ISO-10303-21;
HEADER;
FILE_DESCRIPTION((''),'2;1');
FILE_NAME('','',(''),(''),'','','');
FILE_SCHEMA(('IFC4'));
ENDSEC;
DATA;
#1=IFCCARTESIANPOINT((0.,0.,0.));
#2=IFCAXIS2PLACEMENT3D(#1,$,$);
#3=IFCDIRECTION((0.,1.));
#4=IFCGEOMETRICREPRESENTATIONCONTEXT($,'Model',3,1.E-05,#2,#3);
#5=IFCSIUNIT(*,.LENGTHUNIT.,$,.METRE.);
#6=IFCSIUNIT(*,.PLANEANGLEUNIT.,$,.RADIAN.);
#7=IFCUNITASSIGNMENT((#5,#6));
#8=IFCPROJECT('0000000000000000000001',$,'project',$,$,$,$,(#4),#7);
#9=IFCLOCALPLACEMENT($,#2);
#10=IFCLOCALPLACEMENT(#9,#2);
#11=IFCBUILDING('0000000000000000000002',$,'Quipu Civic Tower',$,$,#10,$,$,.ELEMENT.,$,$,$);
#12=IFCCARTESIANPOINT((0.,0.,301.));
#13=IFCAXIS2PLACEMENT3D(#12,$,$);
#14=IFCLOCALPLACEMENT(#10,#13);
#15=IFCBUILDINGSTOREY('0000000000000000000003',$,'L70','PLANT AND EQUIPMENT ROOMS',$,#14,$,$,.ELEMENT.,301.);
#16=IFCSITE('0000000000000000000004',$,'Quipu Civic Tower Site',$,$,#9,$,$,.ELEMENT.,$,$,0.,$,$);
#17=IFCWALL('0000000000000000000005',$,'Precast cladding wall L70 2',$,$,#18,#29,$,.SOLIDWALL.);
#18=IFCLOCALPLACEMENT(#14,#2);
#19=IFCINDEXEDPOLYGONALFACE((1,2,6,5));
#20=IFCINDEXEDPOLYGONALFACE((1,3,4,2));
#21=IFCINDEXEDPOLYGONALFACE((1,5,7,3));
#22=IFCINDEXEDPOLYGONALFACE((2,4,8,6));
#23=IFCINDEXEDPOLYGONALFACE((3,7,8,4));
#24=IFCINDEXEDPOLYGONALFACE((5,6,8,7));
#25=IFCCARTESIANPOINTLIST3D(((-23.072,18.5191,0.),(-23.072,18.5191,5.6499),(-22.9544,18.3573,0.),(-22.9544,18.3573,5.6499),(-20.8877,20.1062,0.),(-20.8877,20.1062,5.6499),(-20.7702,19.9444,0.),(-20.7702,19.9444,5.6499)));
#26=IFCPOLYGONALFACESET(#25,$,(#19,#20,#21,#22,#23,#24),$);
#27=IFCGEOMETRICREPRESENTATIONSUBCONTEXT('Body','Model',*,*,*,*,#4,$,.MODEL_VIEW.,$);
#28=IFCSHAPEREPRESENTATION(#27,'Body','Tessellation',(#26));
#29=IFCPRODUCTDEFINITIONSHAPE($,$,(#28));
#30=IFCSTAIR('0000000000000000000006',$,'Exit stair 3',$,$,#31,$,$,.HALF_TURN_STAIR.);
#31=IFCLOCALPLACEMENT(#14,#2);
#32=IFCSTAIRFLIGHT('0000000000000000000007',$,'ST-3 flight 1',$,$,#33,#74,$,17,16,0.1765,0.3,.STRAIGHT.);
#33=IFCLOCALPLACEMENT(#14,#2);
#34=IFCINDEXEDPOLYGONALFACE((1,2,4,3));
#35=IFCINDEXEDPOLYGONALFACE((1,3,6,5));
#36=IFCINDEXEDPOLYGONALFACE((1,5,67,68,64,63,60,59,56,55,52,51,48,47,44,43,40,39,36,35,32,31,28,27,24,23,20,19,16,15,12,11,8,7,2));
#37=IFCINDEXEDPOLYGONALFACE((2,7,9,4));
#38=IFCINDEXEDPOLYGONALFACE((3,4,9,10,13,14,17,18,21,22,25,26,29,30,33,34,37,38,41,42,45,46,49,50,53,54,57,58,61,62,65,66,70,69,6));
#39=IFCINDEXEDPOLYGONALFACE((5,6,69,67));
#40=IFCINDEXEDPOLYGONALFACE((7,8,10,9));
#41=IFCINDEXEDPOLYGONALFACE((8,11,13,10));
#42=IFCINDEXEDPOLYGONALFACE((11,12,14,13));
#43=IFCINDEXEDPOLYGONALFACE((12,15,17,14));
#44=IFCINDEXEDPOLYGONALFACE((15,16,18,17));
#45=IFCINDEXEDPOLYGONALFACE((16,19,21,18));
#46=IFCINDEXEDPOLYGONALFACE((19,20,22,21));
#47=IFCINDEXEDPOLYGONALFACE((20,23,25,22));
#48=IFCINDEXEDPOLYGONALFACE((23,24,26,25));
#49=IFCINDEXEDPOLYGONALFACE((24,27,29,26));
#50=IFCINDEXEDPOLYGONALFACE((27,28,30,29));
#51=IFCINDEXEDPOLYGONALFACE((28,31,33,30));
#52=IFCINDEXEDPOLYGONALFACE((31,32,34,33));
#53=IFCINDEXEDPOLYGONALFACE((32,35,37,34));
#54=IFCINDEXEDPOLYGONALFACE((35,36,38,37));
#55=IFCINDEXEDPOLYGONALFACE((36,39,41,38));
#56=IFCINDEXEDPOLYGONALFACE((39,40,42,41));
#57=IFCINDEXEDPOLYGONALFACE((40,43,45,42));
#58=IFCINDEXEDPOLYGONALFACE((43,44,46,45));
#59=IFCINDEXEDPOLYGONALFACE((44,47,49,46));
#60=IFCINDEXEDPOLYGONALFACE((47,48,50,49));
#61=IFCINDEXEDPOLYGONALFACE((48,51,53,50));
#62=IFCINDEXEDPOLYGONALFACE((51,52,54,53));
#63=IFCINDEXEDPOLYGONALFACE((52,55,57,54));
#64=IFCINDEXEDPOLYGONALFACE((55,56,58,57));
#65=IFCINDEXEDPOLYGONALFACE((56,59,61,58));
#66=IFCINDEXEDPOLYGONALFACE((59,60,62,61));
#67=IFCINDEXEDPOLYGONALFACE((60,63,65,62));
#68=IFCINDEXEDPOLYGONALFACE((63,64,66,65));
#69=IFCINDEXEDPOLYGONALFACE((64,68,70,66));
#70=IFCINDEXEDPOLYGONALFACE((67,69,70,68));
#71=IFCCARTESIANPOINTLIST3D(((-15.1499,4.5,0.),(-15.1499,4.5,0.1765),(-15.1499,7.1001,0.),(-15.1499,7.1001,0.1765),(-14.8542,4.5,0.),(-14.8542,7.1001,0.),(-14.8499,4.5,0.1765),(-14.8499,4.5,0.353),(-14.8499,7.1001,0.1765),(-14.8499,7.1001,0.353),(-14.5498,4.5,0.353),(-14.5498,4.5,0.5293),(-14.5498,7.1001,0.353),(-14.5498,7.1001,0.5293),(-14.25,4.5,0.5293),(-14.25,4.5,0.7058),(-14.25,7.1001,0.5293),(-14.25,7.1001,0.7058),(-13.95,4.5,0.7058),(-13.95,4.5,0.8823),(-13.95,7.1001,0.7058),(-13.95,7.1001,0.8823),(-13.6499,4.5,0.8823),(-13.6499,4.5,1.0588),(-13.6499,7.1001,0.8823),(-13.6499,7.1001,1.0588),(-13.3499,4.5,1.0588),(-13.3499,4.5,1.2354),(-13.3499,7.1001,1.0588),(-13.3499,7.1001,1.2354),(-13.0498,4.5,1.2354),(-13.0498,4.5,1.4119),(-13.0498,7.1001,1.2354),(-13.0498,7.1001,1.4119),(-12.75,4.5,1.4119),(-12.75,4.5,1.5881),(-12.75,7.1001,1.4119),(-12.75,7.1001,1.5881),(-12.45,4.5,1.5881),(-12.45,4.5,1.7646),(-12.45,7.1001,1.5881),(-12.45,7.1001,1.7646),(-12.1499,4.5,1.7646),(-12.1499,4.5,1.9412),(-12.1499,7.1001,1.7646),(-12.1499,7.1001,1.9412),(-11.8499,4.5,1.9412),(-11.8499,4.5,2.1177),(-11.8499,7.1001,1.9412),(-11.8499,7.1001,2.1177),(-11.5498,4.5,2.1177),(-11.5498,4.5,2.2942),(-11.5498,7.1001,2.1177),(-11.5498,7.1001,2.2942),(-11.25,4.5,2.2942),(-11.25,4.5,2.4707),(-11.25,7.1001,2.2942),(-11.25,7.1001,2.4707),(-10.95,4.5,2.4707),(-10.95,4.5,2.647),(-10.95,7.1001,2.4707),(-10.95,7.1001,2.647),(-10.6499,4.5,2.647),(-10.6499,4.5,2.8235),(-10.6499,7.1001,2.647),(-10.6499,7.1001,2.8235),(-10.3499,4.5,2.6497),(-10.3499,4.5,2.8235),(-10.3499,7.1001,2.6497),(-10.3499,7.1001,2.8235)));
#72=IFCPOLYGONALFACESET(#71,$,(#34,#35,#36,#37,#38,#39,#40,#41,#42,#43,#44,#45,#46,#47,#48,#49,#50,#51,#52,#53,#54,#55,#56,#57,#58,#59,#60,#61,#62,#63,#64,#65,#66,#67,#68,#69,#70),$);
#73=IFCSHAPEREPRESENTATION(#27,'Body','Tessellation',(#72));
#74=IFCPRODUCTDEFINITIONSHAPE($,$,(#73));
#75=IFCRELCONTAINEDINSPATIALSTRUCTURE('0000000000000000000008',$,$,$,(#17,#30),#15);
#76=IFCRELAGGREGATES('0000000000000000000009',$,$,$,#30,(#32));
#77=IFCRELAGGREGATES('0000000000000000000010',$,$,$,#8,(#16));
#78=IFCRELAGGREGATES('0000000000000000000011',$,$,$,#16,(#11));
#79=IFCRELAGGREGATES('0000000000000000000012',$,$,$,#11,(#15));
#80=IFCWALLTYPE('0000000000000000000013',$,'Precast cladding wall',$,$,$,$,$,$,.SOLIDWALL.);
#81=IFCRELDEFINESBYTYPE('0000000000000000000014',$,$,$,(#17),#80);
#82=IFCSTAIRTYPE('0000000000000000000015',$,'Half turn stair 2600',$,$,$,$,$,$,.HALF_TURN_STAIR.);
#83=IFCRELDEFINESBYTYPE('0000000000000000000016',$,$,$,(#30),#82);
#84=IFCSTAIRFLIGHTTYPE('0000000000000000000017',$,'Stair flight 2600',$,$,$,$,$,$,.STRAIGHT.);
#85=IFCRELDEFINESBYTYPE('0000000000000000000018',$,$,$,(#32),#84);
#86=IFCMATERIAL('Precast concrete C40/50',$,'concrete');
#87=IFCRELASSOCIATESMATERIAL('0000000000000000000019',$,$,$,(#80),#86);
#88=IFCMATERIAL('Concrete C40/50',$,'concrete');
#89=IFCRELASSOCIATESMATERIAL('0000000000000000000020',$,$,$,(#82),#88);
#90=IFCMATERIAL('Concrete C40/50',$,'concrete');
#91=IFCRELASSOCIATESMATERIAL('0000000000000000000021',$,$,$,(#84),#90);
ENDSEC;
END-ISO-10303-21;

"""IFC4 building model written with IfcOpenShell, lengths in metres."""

from ifc_helpers import new_model, si_unit, direction, frame, frame_2d, origin, place, context, subcontext, project, spatial, polyline, rectangle, outline, extrude, material, type_object, element, aggregate, save


model = new_model("IFC4")

# Units and contexts
model_context = context("Model", 3, precision=1e-05, world=origin(), true_north=direction((0.0, 1.0)))
body_context = subcontext(model_context, "Body", "Model", "MODEL_VIEW")
ifc_project = project(units=[si_unit("LENGTHUNIT", "METRE"), si_unit("PLANEANGLEUNIT", "RADIAN")], contexts=[model_context])

# Site, building, storey
site_placement = place(None, origin())
site = spatial("IfcSite", under=ifc_project, at=site_placement, Name="Quipu Civic Tower Site", CompositionType="ELEMENT", RefElevation=0.0)
building_placement = place(site_placement, origin())
building = spatial("IfcBuilding", under=site, at=building_placement, Name="Quipu Civic Tower", CompositionType="ELEMENT")
storey_placement = place(building_placement, frame((0.0, 0.0, 301.0)))
storey = spatial("IfcBuildingStorey", under=building, at=storey_placement, Name="L70", Description="PLANT AND EQUIPMENT ROOMS", CompositionType="ELEMENT", Elevation=301.0)

# Wall
ifc_material_1 = material(Name="Precast concrete C40/50", Category="concrete")
wall_type_1 = type_object("IfcWallType", Name="Precast cladding wall", PredefinedType="SOLIDWALL", material=ifc_material_1)
wall_1_placement = place(storey_placement, frame((-20.8289, 20.0254, 0.0), z_axis=(0.0, 0.0, 1.0), x_axis=(-0.80899, -0.587822, 0.0)))
element("IfcWall", 1, at=wall_1_placement, inside=storey, type_object=wall_type_1, Name="Precast cladding wall L70 2", PredefinedType="SOLIDWALL", context=body_context, shape_type="SweptSolid", body=[
    extrude(rectangle(XDim=2.7, YDim=0.2, at=frame_2d((1.3501, 0.0))), origin(), (0.0, 0.0, 1.0), 5.6499),
])

# Stair, stair flight
ifc_material_2 = material(Name="Concrete C40/50", Category="concrete")
stair_type = type_object("IfcStairType", Name="Half turn stair 2600", PredefinedType="HALF_TURN_STAIR", material=ifc_material_2)
stair_placement = place(storey_placement, origin())
stair = element("IfcStair", 2, at=stair_placement, inside=storey, type_object=stair_type, Name="Exit stair 3", PredefinedType="HALF_TURN_STAIR")
ifc_material_3 = material(Name="Concrete C40/50", Category="concrete")
stair_flight_type = type_object("IfcStairFlightType", Name="Stair flight 2600", PredefinedType="STRAIGHT", material=ifc_material_3)
stair_flight_placement = place(storey_placement, frame((-15.1499, 5.8, 0.0), z_axis=(0.0, 0.0, 1.0), x_axis=(1.0, 0.0, 0.0)))
stair_flight = element("IfcStairFlight", 3, at=stair_flight_placement, type_object=stair_flight_type, Name="ST-3 flight 1", NumberOfRisers=17, NumberOfTreads=16, PredefinedType="STRAIGHT", RiserHeight=0.1765, TreadLength=0.3, context=body_context, shape_type="SweptSolid", body=[
    extrude(outline(polyline([(0.0, 0.0), (0.0, 0.1765), (0.3, 0.1765), (0.3, 0.353), (0.6001, 0.353), (0.6001, 0.5293), (0.8999, 0.5293), (0.8999, 0.7058), (1.2, 0.7058), (1.2, 0.8823), (1.5, 0.8823), (1.5, 1.0588), (1.8, 1.0588), (1.8, 1.2354), (2.1001, 1.2354), (2.1001, 1.4119), (2.3999, 1.4119), (2.3999, 1.5881), (2.7, 1.5881), (2.7, 1.7646), (3.0, 1.7646), (3.0, 1.9412), (3.3, 1.9412), (3.3, 2.1177), (3.6001, 2.1177), (3.6001, 2.2942), (3.8999, 2.2942), (3.8999, 2.4707), (4.2, 2.4707), (4.2, 2.647), (4.5, 2.647), (4.5, 2.8235), (4.8, 2.8235), (4.8, 3.0), (4.8, 2.6497), (0.2957, 0.0), (0.0, 0.0)])), frame((0.0, 1.3, 0.0), z_axis=(0.0, -1.0, 0.0), x_axis=(1.0, 0.0, 0.0)), (0.0, 0.0, 1.0), 2.6001),
])
aggregate(stair, [stair_flight])

save(model, "model.ifc")
